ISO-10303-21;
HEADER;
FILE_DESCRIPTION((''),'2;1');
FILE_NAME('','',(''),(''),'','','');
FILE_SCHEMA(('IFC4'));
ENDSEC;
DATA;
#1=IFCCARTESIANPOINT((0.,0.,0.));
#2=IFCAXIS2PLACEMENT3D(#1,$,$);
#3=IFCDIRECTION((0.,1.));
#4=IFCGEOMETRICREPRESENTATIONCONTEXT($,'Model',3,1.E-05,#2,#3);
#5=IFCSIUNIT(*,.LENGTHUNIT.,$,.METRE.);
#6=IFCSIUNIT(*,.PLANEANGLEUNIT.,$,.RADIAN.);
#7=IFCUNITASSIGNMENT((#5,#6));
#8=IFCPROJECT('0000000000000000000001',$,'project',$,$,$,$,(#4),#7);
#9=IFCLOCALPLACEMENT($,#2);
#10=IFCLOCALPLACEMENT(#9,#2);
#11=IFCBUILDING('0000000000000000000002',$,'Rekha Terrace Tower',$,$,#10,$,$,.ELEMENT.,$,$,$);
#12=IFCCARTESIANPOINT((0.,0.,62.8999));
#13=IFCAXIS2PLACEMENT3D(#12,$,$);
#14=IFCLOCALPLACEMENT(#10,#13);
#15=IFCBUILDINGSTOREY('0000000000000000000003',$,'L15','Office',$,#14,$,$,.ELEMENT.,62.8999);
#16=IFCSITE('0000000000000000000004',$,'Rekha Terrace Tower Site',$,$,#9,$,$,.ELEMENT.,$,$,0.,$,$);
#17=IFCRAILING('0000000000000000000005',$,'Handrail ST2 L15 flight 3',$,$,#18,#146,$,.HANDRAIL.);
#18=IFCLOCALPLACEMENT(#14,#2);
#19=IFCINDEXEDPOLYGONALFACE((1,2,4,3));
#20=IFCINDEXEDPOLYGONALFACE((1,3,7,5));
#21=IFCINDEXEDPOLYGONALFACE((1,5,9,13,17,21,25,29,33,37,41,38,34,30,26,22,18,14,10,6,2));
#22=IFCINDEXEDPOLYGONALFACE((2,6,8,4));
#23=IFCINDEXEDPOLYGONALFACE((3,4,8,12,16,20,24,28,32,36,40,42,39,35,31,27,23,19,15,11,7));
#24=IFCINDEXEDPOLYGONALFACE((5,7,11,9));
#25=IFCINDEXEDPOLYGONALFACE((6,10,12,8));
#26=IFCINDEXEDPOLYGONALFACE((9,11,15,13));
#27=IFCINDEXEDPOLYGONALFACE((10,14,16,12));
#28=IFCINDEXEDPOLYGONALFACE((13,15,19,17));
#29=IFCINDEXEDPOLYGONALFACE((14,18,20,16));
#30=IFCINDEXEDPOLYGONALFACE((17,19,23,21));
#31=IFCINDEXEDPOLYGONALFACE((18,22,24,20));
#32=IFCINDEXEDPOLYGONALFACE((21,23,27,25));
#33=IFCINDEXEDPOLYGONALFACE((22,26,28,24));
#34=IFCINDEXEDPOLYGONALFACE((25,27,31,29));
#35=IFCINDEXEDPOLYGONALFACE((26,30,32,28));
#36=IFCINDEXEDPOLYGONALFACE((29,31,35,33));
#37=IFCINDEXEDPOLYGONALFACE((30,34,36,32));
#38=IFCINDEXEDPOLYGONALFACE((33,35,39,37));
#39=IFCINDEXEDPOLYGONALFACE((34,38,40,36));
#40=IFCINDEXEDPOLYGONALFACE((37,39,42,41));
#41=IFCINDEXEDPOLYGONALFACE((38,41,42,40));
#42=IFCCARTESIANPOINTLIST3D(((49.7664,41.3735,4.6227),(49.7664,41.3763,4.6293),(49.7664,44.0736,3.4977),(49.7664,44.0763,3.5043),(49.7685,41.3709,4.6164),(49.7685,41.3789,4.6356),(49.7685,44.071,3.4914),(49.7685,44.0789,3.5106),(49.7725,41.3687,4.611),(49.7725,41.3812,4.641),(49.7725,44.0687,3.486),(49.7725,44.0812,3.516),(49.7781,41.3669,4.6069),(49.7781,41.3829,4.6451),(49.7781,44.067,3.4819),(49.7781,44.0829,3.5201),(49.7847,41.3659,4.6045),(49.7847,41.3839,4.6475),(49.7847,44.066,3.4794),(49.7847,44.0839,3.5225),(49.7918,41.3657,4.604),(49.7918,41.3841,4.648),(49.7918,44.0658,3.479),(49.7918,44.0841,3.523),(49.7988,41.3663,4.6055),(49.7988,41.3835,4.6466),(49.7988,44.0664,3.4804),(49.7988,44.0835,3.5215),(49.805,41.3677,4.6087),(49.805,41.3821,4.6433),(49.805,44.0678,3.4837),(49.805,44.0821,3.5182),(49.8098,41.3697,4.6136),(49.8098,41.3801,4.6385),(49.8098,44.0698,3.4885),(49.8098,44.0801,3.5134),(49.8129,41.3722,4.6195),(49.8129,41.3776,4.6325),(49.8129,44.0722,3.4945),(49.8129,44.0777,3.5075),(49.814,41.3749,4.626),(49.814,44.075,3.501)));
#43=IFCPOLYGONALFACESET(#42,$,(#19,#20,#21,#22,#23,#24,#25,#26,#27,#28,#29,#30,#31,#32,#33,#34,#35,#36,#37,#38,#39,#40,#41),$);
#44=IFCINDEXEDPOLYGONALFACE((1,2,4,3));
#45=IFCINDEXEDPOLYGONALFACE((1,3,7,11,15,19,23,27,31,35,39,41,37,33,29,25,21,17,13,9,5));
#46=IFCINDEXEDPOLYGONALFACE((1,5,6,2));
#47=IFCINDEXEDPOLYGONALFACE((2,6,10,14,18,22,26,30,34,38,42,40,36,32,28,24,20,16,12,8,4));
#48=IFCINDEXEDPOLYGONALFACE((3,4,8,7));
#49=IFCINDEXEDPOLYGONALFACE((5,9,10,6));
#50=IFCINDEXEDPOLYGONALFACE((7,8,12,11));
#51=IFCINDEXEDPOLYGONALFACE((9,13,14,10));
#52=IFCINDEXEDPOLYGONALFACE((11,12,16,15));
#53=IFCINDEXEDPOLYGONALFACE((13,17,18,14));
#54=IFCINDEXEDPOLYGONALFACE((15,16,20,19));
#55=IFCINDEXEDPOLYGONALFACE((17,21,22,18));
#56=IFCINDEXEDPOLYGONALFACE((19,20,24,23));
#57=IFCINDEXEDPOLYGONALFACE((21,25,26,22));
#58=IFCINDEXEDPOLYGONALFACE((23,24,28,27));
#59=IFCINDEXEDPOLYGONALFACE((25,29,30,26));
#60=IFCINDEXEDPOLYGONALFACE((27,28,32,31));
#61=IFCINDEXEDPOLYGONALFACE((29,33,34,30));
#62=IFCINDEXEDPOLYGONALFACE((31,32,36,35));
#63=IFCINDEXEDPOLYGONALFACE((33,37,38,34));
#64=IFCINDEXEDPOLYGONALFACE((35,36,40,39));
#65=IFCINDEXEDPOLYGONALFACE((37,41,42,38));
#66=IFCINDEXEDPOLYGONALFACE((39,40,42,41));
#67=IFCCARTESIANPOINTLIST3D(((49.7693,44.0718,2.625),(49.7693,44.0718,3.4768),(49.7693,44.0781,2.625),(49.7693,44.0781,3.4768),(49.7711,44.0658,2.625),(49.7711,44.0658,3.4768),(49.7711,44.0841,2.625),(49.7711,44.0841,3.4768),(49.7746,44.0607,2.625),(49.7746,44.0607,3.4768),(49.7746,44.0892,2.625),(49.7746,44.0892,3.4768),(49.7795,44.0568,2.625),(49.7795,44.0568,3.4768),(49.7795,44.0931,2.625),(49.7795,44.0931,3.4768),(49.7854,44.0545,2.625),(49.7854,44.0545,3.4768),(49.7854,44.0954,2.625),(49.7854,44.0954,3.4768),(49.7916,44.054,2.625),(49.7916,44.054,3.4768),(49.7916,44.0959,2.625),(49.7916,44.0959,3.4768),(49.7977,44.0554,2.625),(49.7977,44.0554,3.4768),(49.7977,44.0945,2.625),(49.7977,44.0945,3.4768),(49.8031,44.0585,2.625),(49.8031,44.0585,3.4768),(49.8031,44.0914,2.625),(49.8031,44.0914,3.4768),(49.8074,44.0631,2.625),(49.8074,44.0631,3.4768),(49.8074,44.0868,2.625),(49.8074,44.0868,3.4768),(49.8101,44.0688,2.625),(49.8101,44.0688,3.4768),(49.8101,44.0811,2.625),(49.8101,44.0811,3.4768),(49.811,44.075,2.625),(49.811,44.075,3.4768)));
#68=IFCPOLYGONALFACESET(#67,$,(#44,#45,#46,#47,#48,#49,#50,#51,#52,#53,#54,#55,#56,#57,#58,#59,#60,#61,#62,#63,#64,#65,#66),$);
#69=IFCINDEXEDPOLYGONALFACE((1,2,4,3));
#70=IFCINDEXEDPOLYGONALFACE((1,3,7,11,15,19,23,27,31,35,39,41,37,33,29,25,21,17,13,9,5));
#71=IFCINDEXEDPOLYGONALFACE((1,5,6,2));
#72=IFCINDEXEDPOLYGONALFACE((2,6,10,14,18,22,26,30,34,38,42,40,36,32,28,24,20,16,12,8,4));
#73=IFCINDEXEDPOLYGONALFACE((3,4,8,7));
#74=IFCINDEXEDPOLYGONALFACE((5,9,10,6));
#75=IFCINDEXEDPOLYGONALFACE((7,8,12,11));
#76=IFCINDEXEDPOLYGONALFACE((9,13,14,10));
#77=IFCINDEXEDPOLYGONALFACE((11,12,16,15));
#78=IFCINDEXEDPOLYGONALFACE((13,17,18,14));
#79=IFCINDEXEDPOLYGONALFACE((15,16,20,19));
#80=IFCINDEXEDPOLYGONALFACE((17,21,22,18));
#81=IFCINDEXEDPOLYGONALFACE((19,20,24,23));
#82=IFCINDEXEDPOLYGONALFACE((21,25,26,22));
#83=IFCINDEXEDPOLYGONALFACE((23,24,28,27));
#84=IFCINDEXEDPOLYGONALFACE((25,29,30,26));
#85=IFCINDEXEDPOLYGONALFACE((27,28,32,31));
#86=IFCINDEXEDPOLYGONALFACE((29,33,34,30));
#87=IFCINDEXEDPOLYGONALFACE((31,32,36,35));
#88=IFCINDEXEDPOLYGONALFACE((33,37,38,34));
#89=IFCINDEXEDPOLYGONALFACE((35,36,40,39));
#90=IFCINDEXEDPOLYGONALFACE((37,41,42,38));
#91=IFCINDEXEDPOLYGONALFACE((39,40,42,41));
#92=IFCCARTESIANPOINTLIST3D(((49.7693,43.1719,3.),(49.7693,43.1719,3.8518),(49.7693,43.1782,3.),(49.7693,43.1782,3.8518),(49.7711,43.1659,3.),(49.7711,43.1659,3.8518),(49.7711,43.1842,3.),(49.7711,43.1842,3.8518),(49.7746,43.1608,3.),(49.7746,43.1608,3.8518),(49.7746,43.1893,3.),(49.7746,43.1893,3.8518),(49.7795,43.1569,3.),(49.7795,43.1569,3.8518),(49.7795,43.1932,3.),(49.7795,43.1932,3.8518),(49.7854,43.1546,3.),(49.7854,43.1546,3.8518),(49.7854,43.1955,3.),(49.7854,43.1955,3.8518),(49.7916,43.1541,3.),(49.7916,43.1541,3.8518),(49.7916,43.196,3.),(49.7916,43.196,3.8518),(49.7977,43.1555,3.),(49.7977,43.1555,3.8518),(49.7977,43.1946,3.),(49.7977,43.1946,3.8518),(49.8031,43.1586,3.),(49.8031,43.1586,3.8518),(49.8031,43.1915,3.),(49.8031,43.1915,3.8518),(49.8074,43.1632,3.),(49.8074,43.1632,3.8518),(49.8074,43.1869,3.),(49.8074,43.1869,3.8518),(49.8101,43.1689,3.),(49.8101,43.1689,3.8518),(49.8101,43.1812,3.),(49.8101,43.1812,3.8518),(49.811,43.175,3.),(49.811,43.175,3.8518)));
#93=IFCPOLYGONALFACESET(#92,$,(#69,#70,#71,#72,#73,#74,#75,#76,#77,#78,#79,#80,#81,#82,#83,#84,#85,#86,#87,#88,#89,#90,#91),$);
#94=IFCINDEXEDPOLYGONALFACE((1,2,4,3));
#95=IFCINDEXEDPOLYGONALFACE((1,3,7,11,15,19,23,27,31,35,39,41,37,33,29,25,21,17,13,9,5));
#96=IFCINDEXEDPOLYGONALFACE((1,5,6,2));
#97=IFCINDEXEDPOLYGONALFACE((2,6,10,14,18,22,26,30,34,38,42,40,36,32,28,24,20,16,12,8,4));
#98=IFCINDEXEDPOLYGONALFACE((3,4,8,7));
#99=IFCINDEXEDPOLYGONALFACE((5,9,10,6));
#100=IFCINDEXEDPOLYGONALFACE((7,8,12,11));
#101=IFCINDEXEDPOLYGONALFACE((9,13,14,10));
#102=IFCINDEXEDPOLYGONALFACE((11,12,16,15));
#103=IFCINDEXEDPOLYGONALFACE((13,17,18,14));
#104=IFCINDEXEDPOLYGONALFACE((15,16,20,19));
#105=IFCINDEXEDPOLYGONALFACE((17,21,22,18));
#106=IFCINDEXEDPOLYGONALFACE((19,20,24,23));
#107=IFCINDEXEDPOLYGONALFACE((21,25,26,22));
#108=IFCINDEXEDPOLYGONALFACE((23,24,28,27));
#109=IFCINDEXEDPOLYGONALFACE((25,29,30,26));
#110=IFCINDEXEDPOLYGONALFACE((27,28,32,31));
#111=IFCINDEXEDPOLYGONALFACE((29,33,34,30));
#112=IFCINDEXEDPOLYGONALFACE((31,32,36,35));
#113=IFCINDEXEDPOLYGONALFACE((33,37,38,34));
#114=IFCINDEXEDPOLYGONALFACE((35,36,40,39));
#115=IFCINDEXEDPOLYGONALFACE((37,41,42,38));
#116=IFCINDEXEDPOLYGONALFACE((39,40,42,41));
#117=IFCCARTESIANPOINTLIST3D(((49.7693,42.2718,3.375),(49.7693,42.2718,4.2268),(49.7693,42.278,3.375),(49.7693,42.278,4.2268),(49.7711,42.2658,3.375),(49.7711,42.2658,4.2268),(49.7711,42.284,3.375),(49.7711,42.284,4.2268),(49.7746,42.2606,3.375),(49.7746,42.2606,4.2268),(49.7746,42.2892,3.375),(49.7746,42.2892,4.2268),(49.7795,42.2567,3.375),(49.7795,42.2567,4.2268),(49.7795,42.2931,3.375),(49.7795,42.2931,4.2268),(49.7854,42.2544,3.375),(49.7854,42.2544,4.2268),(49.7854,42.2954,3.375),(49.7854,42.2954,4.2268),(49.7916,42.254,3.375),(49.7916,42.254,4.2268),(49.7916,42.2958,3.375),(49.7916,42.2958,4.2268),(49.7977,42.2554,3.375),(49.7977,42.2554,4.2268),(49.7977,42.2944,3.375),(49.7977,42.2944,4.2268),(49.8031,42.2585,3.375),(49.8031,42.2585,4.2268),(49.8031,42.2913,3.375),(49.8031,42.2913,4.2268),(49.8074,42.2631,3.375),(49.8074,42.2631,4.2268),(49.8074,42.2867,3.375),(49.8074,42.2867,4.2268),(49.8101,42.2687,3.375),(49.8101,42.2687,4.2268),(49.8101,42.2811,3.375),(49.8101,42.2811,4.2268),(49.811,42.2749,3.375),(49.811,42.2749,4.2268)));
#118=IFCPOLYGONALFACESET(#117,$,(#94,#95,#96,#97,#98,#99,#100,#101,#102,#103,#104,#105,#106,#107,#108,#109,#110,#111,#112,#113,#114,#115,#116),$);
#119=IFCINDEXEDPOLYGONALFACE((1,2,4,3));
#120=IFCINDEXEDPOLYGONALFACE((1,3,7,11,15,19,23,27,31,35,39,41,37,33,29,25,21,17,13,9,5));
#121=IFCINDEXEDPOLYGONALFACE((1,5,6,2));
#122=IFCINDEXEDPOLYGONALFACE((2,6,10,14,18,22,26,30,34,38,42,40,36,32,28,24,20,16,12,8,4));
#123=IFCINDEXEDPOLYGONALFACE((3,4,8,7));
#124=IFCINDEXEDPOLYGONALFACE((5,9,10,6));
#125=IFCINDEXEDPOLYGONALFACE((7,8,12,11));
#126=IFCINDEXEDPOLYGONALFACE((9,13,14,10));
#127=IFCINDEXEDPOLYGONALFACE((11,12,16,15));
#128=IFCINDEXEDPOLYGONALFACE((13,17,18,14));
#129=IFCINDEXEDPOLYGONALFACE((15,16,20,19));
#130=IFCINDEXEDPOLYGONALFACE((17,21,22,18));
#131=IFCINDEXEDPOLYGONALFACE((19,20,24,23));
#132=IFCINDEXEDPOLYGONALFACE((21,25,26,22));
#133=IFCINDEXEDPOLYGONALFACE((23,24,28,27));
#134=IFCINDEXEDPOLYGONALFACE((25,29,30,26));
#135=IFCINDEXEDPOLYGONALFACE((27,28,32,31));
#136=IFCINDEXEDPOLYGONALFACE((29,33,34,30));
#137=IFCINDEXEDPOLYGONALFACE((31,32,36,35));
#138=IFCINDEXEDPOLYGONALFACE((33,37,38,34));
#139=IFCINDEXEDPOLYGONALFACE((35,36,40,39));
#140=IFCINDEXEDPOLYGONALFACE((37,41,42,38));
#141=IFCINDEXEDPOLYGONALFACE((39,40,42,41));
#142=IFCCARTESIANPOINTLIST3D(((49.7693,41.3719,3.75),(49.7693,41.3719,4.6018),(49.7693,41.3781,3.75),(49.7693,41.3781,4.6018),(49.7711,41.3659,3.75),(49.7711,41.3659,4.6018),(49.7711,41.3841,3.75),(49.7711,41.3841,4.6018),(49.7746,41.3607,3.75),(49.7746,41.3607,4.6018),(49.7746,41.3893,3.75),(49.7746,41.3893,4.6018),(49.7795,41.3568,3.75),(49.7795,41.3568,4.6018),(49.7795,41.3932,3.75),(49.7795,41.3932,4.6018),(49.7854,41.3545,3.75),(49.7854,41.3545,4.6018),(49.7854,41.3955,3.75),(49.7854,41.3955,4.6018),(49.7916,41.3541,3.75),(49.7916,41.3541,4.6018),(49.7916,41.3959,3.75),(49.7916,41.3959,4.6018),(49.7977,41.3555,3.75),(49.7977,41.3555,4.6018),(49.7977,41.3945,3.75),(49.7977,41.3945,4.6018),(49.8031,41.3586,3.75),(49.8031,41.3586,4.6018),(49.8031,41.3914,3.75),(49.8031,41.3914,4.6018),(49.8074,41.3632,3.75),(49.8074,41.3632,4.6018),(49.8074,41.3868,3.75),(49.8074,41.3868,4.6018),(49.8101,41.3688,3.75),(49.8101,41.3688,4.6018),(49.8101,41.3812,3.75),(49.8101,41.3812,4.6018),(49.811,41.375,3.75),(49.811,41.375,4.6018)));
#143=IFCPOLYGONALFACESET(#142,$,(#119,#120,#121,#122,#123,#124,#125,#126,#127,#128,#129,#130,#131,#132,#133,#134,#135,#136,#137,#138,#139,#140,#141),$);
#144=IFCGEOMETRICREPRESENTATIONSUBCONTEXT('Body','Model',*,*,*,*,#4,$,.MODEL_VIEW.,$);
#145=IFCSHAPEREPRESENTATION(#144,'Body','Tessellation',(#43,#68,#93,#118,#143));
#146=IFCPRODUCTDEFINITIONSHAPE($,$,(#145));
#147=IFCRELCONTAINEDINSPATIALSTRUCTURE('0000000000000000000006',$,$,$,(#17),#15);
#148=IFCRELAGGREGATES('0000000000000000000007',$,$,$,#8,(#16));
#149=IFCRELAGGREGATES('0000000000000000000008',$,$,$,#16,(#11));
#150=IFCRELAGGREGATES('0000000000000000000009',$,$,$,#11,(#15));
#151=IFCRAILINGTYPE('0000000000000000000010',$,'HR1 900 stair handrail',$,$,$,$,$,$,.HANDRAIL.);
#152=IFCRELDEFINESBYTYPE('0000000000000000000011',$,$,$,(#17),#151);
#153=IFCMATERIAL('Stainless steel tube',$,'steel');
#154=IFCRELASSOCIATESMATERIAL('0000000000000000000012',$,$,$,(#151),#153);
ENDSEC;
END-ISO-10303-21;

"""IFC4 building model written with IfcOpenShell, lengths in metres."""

from ifc_helpers import new_model, si_unit, direction, frame, origin, origin_2d, place, context, subcontext, project, spatial, circle, extrude, material, type_object, element, save


model = new_model("IFC4")

# Units and contexts
model_context = context("Model", 3, precision=1e-05, world=origin(), true_north=direction((0.0, 1.0)))
body_context = subcontext(model_context, "Body", "Model", "MODEL_VIEW")
ifc_project = project(units=[si_unit("LENGTHUNIT", "METRE"), si_unit("PLANEANGLEUNIT", "RADIAN")], contexts=[model_context])

# Site, building, storey
site_placement = place(None, origin())
site = spatial("IfcSite", under=ifc_project, at=site_placement, Name="Rekha Terrace Tower Site", CompositionType="ELEMENT", RefElevation=0.0)
building_placement = place(site_placement, origin())
building = spatial("IfcBuilding", under=site, at=building_placement, Name="Rekha Terrace Tower", CompositionType="ELEMENT")
storey_placement = place(building_placement, frame((0.0, 0.0, 62.8999)))
storey = spatial("IfcBuildingStorey", under=building, at=storey_placement, Name="L15", Description="Office", CompositionType="ELEMENT", Elevation=62.8999)

# Railing
ifc_material_1 = material(Name="Stainless steel tube", Category="steel")
railing_type_1 = type_object("IfcRailingType", Name="HR1 900 stair handrail", PredefinedType="HANDRAIL", material=ifc_material_1)
railing_1_placement = place(storey_placement, frame((49.79, 44.075, 2.625)))
element("IfcRailing", 1, at=railing_1_placement, inside=storey, type_object=railing_type_1, Name="Handrail ST2 L15 flight 3", PredefinedType="HANDRAIL", context=body_context, shape_type="SweptSolid", body=[
    extrude(circle(Radius=0.0239, at=origin_2d()), frame((0.0, 0.0, 0.876), z_axis=(0.0, -0.923074, 0.384621), x_axis=(1.0, 0.0, 0.0)), (0.0, 0.0, 1.0), 2.925),
    extrude(circle(Radius=0.021, at=origin_2d()), origin(), (0.0, 0.0, 1.0), 0.8518),
    extrude(circle(Radius=0.021, at=origin_2d()), frame((0.0, -0.8999, 0.375)), (0.0, 0.0, 1.0), 0.8518),
    extrude(circle(Radius=0.021, at=origin_2d()), frame((0.0, -1.8, 0.75)), (0.0, 0.0, 1.0), 0.8518),
    extrude(circle(Radius=0.021, at=origin_2d()), frame((0.0, -2.7, 1.125)), (0.0, 0.0, 1.0), 0.8518),
])

save(model, "model.ifc")
